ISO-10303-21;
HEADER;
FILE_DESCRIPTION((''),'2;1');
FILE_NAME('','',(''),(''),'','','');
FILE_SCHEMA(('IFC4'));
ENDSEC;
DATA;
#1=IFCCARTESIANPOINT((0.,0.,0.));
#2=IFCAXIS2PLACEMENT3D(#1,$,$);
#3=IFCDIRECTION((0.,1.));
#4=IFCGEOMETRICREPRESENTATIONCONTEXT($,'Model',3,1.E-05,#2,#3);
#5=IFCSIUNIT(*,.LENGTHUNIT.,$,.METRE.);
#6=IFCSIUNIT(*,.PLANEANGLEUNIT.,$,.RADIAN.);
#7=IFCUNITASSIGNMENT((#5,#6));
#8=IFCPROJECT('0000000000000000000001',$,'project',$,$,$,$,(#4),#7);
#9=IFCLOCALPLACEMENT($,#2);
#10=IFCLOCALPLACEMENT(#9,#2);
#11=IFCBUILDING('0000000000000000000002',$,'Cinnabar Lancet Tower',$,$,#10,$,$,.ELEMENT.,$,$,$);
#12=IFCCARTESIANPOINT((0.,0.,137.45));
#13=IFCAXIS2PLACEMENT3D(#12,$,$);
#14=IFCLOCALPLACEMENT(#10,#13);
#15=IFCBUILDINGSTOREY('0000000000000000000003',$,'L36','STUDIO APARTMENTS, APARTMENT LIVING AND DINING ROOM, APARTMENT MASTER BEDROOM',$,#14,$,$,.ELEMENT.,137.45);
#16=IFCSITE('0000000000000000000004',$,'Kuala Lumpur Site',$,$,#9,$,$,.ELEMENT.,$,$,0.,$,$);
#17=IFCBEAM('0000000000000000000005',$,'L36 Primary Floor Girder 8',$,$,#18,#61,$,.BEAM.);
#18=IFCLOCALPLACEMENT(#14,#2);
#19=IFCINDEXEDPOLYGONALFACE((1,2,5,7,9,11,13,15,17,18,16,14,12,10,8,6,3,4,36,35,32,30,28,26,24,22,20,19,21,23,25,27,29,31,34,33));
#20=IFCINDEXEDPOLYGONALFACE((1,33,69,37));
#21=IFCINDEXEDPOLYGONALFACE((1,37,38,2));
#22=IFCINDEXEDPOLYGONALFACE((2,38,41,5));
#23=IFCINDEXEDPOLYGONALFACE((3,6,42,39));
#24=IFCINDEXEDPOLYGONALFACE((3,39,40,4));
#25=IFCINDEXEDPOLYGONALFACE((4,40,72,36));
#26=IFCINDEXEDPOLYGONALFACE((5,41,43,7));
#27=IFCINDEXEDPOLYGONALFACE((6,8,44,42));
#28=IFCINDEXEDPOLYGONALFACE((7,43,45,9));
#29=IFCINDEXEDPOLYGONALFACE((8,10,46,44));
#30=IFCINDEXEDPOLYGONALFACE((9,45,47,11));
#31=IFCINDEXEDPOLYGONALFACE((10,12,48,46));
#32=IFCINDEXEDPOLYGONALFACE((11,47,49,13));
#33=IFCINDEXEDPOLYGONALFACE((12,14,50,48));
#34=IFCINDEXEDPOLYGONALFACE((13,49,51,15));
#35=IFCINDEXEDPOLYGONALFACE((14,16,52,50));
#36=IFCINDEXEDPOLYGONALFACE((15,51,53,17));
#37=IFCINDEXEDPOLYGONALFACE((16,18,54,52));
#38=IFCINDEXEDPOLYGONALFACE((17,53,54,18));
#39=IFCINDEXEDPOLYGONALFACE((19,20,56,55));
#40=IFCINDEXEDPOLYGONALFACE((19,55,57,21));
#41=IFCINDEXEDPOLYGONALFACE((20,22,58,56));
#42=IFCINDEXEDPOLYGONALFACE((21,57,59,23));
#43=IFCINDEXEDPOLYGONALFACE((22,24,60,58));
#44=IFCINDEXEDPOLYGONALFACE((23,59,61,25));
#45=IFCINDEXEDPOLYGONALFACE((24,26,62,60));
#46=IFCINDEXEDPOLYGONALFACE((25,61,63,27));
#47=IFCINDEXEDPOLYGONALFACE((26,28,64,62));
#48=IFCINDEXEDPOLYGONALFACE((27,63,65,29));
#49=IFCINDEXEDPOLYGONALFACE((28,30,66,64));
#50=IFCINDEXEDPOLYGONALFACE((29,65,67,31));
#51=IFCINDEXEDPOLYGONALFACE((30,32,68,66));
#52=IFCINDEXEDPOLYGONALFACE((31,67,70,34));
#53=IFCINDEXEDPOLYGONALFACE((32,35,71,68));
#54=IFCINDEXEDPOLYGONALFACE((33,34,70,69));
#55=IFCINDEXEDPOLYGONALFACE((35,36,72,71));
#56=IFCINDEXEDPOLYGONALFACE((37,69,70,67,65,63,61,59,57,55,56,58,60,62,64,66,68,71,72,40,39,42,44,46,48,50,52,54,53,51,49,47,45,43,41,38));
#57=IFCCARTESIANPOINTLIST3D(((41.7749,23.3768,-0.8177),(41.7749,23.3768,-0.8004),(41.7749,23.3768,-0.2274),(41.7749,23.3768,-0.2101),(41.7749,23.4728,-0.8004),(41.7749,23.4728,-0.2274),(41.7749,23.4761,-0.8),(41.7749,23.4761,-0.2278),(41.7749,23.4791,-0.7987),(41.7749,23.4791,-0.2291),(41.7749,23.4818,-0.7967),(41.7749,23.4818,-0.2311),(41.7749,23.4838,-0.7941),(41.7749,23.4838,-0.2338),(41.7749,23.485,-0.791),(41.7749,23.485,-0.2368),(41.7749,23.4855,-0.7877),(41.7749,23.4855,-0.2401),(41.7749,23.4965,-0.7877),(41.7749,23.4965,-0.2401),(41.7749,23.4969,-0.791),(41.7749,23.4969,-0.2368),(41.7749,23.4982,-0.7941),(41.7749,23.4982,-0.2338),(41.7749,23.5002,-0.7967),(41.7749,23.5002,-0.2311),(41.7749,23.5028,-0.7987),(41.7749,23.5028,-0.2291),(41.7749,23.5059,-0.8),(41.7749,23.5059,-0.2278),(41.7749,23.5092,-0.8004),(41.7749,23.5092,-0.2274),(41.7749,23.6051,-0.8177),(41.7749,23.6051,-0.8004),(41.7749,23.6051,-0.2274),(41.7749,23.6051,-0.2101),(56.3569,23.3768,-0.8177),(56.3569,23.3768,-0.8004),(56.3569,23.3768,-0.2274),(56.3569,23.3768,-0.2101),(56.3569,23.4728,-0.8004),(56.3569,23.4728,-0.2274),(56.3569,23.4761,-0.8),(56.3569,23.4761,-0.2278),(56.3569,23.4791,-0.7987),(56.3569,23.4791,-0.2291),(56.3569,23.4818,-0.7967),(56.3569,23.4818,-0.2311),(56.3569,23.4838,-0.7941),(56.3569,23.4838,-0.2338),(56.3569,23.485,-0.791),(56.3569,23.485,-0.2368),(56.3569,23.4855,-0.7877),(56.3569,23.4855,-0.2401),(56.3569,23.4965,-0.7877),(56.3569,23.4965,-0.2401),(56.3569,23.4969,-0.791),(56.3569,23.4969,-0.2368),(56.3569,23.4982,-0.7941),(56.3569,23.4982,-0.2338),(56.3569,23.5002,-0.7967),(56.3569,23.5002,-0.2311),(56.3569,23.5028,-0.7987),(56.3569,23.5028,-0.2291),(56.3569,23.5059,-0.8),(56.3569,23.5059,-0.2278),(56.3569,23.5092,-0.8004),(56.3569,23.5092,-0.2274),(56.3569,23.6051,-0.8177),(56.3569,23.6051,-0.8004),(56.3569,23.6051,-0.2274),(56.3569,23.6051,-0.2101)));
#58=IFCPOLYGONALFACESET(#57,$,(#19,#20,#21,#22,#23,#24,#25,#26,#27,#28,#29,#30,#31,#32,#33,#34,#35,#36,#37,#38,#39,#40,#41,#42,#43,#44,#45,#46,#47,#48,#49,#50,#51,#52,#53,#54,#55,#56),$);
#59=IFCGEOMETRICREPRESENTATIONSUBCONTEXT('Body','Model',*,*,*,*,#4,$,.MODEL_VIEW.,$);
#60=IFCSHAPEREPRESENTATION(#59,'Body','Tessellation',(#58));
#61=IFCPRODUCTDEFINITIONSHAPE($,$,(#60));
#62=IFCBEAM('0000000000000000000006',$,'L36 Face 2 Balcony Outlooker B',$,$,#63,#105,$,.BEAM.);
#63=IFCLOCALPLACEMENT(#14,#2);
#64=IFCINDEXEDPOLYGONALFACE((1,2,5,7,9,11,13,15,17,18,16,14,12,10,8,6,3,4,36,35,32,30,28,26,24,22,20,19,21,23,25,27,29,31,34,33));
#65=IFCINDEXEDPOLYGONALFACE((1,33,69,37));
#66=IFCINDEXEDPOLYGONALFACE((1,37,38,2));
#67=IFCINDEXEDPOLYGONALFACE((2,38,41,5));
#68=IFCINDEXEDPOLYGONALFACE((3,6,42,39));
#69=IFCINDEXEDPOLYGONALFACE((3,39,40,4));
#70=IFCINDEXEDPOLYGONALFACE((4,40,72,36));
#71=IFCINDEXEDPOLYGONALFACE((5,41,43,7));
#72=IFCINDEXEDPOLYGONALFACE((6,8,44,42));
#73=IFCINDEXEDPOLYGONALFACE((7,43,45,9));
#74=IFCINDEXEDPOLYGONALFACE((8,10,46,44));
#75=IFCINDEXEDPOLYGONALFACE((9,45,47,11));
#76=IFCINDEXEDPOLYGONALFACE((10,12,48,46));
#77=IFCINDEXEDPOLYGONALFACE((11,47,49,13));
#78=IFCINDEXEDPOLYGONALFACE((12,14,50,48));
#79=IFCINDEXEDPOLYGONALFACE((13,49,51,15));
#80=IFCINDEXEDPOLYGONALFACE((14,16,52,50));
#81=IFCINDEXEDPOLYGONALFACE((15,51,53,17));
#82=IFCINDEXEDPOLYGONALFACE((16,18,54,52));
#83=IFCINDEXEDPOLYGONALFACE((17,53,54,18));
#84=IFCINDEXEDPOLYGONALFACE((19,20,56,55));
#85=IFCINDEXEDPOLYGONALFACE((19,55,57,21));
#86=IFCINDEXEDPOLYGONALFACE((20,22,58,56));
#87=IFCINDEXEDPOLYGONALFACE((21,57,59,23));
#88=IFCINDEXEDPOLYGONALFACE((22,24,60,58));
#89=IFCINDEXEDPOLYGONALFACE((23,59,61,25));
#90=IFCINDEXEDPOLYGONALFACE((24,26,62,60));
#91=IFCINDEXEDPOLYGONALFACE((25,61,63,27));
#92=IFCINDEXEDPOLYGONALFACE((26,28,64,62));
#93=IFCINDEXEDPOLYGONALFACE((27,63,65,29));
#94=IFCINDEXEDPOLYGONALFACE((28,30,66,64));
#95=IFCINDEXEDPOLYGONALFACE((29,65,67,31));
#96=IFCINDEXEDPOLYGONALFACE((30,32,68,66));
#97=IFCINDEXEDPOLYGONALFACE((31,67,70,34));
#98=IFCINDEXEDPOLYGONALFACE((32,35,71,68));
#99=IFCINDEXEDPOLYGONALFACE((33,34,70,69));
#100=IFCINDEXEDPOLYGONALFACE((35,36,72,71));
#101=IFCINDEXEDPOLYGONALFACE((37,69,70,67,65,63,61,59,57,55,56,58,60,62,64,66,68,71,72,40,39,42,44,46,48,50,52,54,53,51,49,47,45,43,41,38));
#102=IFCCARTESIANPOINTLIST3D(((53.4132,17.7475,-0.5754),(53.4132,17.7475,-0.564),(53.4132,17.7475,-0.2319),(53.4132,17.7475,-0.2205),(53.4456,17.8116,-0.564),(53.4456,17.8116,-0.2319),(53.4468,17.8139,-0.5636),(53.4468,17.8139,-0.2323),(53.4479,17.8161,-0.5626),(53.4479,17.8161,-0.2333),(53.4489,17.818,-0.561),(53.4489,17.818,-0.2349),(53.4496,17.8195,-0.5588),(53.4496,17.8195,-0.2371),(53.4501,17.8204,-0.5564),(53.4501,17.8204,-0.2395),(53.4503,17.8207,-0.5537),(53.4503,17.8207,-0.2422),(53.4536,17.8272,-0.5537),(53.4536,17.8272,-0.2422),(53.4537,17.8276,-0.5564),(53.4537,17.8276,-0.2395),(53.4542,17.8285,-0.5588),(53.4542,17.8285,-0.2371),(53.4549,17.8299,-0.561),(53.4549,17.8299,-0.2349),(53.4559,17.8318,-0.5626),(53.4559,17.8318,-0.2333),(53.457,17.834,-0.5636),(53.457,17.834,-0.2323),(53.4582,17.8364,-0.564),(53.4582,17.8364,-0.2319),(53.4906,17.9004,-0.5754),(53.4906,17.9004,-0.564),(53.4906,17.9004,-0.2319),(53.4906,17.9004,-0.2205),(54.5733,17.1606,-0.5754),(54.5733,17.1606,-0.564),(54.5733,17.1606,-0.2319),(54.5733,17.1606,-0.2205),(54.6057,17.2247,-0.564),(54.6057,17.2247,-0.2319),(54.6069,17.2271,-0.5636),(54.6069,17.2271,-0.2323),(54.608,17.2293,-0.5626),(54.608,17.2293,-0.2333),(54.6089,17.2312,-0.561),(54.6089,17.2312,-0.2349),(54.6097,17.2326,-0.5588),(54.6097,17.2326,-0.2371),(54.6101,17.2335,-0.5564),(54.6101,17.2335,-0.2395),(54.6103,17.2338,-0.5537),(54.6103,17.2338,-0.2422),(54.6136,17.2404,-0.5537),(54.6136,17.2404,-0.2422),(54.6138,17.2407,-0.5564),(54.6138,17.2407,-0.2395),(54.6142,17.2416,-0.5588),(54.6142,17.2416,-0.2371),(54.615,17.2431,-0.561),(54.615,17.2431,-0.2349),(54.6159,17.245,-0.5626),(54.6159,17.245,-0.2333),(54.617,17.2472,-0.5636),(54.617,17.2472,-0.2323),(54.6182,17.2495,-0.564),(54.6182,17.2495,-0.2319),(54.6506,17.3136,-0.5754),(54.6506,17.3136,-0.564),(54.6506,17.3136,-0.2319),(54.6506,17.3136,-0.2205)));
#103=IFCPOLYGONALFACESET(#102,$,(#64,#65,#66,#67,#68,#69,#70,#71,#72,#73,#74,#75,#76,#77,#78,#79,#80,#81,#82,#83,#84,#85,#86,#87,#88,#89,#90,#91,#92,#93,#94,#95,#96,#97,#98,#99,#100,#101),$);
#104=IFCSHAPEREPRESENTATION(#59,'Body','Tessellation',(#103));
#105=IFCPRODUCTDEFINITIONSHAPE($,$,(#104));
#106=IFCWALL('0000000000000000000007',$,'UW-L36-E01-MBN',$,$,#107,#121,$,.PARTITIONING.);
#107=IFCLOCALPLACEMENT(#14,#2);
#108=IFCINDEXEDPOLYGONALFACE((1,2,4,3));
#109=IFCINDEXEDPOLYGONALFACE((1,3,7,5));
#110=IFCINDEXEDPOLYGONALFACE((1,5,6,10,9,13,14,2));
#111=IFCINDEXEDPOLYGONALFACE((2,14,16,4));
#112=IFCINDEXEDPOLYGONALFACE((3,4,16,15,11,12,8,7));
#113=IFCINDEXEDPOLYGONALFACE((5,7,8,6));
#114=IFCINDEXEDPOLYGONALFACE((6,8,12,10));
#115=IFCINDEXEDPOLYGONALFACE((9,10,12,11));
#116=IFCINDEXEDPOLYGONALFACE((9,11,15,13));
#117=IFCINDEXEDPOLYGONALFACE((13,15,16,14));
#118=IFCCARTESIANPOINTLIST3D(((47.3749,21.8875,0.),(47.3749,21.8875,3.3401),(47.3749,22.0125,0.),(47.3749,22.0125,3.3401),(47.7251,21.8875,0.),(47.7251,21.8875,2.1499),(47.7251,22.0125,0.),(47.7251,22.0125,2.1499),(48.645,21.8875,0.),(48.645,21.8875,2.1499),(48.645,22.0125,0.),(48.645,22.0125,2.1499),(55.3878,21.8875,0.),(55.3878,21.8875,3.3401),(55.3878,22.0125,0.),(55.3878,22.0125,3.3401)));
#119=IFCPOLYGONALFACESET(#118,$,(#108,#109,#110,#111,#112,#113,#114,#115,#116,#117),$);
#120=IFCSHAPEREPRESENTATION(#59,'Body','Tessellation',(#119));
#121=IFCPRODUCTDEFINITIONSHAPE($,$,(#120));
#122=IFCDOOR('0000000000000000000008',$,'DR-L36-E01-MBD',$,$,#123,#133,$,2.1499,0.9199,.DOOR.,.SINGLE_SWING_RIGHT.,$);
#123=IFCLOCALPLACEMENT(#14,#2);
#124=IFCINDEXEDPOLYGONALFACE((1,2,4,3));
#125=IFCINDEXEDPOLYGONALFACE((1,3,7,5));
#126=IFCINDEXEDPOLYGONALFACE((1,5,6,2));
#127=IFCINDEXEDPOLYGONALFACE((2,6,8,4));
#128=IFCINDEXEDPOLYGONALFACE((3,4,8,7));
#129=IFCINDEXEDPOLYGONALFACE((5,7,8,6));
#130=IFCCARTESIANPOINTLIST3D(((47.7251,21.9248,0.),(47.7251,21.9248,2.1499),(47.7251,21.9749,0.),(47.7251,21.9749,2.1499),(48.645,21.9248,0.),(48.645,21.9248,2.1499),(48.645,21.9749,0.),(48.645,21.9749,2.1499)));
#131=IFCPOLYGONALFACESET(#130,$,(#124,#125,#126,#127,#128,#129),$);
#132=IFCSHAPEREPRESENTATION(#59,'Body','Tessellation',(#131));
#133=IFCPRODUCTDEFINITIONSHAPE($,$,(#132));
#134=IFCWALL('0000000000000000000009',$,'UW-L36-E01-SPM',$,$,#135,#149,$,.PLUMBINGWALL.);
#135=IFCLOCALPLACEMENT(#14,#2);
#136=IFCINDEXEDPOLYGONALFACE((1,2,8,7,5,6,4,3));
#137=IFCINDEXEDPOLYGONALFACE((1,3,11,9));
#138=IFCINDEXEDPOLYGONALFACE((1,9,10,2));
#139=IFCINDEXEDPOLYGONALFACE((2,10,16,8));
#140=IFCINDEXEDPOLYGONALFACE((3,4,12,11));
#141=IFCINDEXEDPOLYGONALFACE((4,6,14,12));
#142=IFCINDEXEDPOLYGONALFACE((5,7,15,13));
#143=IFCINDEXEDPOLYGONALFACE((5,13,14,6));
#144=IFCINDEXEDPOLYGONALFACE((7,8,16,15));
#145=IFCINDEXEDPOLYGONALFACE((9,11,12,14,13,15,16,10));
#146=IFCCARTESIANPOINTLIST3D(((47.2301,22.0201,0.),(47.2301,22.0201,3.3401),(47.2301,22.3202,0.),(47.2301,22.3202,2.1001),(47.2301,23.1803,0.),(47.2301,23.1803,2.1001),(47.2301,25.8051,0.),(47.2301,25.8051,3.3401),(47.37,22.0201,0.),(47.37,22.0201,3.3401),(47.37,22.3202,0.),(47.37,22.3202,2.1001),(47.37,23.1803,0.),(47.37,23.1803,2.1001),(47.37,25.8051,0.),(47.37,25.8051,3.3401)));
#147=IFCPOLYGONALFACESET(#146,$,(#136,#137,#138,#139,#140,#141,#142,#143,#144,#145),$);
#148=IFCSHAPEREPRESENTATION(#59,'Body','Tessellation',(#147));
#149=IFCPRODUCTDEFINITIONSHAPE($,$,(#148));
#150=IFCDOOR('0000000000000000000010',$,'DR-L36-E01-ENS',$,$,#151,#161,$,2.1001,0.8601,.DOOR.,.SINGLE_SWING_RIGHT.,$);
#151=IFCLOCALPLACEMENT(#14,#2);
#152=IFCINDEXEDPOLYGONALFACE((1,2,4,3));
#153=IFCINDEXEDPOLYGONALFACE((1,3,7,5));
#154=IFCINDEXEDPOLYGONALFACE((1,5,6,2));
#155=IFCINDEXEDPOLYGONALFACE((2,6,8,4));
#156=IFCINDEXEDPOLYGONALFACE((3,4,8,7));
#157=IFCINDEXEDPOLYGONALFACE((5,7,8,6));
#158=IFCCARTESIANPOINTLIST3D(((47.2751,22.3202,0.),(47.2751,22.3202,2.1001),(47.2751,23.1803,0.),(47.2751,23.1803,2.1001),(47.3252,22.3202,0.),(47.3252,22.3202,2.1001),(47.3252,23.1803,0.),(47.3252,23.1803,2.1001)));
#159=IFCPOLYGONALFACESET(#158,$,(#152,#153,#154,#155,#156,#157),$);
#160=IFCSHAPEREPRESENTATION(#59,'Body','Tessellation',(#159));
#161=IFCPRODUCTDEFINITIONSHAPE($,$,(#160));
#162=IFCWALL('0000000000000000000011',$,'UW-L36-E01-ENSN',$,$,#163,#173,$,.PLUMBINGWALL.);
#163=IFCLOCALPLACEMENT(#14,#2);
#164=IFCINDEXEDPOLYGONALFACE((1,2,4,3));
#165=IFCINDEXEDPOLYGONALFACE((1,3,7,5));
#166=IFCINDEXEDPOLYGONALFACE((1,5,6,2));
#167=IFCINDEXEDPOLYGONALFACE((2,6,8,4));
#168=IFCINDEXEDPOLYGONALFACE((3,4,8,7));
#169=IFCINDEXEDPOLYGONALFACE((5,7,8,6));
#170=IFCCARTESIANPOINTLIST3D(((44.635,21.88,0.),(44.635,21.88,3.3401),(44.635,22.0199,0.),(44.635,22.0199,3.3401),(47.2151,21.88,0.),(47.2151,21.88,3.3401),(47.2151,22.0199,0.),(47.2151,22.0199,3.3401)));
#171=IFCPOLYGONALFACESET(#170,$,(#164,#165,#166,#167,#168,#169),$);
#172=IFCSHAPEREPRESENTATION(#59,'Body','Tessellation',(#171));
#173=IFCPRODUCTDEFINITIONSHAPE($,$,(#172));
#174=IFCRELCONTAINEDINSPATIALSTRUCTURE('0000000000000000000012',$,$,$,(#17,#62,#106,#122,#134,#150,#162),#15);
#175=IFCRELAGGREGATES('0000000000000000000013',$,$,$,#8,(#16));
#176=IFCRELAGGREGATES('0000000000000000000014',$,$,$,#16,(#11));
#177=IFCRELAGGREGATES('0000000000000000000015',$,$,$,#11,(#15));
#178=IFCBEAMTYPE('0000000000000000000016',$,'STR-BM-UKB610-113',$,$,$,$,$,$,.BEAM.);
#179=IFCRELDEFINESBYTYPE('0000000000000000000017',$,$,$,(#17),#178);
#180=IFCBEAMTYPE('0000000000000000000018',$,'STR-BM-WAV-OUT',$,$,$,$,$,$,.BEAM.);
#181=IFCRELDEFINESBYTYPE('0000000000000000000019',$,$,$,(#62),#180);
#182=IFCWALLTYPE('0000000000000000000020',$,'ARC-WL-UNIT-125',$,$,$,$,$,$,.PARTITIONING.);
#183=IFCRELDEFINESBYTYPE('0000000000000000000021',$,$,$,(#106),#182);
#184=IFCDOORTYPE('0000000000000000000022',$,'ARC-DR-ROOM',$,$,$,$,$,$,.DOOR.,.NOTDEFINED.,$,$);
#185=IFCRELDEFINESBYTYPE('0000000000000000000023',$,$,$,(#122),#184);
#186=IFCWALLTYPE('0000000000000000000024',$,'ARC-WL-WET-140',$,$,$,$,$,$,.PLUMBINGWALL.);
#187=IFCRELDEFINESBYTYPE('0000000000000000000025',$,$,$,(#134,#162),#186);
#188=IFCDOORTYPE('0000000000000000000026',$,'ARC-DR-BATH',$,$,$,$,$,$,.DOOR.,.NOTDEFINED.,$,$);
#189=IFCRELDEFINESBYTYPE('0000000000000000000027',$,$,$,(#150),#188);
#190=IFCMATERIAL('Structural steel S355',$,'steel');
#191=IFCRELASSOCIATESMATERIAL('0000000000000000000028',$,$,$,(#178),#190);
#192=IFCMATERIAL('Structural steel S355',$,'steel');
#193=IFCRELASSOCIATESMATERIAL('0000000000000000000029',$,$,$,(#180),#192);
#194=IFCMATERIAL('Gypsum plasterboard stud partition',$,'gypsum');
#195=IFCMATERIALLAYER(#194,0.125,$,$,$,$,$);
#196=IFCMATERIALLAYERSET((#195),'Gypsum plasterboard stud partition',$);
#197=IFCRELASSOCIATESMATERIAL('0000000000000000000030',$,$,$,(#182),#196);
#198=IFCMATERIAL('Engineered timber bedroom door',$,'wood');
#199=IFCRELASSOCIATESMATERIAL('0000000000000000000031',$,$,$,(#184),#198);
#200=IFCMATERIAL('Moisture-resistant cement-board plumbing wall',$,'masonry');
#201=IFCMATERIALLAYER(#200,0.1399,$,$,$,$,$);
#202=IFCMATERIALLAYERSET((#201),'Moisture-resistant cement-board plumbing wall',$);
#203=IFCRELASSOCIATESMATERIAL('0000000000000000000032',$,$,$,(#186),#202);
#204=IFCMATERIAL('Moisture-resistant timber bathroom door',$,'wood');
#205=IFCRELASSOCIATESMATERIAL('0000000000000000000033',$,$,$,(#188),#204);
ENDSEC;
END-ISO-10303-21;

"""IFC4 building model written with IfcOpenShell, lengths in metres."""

from ifc_helpers import new_model, si_unit, direction, frame, frame_2d, origin, origin_2d, place, context, subcontext, project, spatial, rectangle, i_section, extrude, material, layer, layer_set, material_profile, profile_set, type_object, element, fill, save


model = new_model("IFC4")

# Units and contexts
model_context = context("Model", 3, precision=1e-05, world=origin(), true_north=direction((0.0, 1.0)))
body_context = subcontext(model_context, "Body", "Model", "MODEL_VIEW")
ifc_project = project(units=[si_unit("LENGTHUNIT", "METRE"), si_unit("PLANEANGLEUNIT", "RADIAN")], contexts=[model_context])

# Site, building, storey
site_placement = place(None, origin())
site = spatial("IfcSite", under=ifc_project, at=site_placement, Name="Kuala Lumpur Site", CompositionType="ELEMENT", RefElevation=0.0)
building_placement = place(site_placement, origin())
building = spatial("IfcBuilding", under=site, at=building_placement, Name="Cinnabar Lancet Tower", CompositionType="ELEMENT")
storey_placement = place(building_placement, frame((0.0, 0.0, 137.45)))
storey = spatial("IfcBuildingStorey", under=building, at=storey_placement, Name="L36", Description="STUDIO APARTMENTS, APARTMENT LIVING AND DINING ROOM, APARTMENT MASTER BEDROOM", CompositionType="ELEMENT", Elevation=137.45)

# Beams
ifc_material_1 = material(Name="Structural steel S355", Category="steel")
ifc_material_profile_1 = material_profile(ifc_material_1, i_section(OverallWidth=0.2283, OverallDepth=0.6077, WebThickness=0.011, FlangeThickness=0.0173, FilletRadius=0.0127, at=origin_2d()), Name="UKB 610x229x113")
ifc_profile_set_1 = profile_set([ifc_material_profile_1], Name="Structural steel S355")
beam_type_1 = type_object("IfcBeamType", Name="STR-BM-UKB610-113", PredefinedType="BEAM", material=ifc_profile_set_1)
beam_1_placement = place(storey_placement, frame((56.3569, 23.491, -0.5139), z_axis=(-1.0, 0.0, 0.0), x_axis=(0.0, -1.0, 0.0)))
element("IfcBeam", 1, at=beam_1_placement, inside=storey, type_object=beam_type_1, Name="L36 Primary Floor Girder 8", PredefinedType="BEAM", context=body_context, shape_type="SweptSolid", body=[
    extrude(i_section(OverallWidth=0.2283, OverallDepth=0.6077, WebThickness=0.011, FlangeThickness=0.0173, FilletRadius=0.0127, at=origin_2d()), origin(), (0.0, 0.0, 1.0), 14.582),
])
ifc_material_2 = material(Name="Structural steel S355", Category="steel")
ifc_material_profile_2 = material_profile(ifc_material_2, i_section(OverallWidth=0.1714, OverallDepth=0.355, WebThickness=0.0073, FlangeThickness=0.0115, FilletRadius=0.0103, at=origin_2d()), Name="UKB 356x171x51")
ifc_profile_set_2 = profile_set([ifc_material_profile_2], Name="Structural steel S355")
beam_type_2 = type_object("IfcBeamType", Name="STR-BM-WAV-OUT", PredefinedType="BEAM", material=ifc_profile_set_2)
beam_2_placement = place(storey_placement, frame((53.4519, 17.824, -0.3979), z_axis=(0.892314, -0.451415, 0.0), x_axis=(0.451415, 0.892314, 0.0)))
element("IfcBeam", 2, at=beam_2_placement, inside=storey, type_object=beam_type_2, Name="L36 Face 2 Balcony Outlooker B", PredefinedType="BEAM", context=body_context, shape_type="SweptSolid", body=[
    extrude(i_section(OverallWidth=0.1714, OverallDepth=0.355, WebThickness=0.0073, FlangeThickness=0.0115, FilletRadius=0.0103, at=origin_2d()), origin(), (0.0, 0.0, 1.0), 1.3),
])

# Wall, opening, door
ifc_material_3 = material(Name="Gypsum plasterboard stud partition", Category="gypsum")
ifc_layer_1 = layer(ifc_material_3, 0.125)
ifc_layer_set_1 = layer_set([ifc_layer_1], Name="Gypsum plasterboard stud partition")
wall_type_1 = type_object("IfcWallType", Name="ARC-WL-UNIT-125", PredefinedType="PARTITIONING", material=ifc_layer_set_1)
wall_1_placement = place(storey_placement, frame((47.375, 21.95, 0.0), z_axis=(0.0, 0.0, 1.0), x_axis=(1.0, 0.0, 0.0)))
wall_1 = element("IfcWall", 3, at=wall_1_placement, inside=storey, type_object=wall_type_1, Name="UW-L36-E01-MBN", PredefinedType="PARTITIONING", context=body_context, shape_type="SweptSolid", body=[
    extrude(rectangle(XDim=8.0129, YDim=0.125, at=frame_2d((4.0063, 0.0))), origin(), (0.0, 0.0, 1.0), 3.3401),
])
opening_1_placement = place(wall_1_placement, frame((0.3501, 0.0, 0.0)))
opening_1 = element("IfcOpeningElement", 4, at=opening_1_placement, cuts=wall_1, PredefinedType="OPENING", context=body_context, shape_type="SweptSolid", body=[
    extrude(rectangle(XDim=0.9199, YDim=2.1499, at=frame_2d((0.46, 1.075))), frame((0.0, 0.0725, 0.0), z_axis=(0.0, -1.0, 0.0), x_axis=(1.0, 0.0, 0.0)), (0.0, 0.0, 1.0), 0.145),
])
ifc_material_4 = material(Name="Engineered timber bedroom door", Category="wood")
door_type_1 = type_object("IfcDoorType", Name="ARC-DR-ROOM", OperationType="NOTDEFINED", PredefinedType="DOOR", material=ifc_material_4)
door_1_placement = place(opening_1_placement, origin())
door_1 = element("IfcDoor", 5, at=door_1_placement, inside=storey, type_object=door_type_1, Name="DR-L36-E01-MBD", OperationType="SINGLE_SWING_RIGHT", OverallHeight=2.1499, OverallWidth=0.9199, PredefinedType="DOOR", context=body_context, shape_type="SweptSolid", body=[
    extrude(rectangle(XDim=0.9199, YDim=2.1499, at=frame_2d((0.46, 1.075))), frame((0.0, 0.0249, 0.0), z_axis=(0.0, -1.0, 0.0), x_axis=(1.0, 0.0, 0.0)), (0.0, 0.0, 1.0), 0.05),
])
fill(opening_1, door_1)

# Shared definitions
ifc_material_5 = material(Name="Moisture-resistant cement-board plumbing wall", Category="masonry")
ifc_layer_2 = layer(ifc_material_5, 0.1399)
ifc_layer_set_2 = layer_set([ifc_layer_2], Name="Moisture-resistant cement-board plumbing wall")
wall_type_2 = type_object("IfcWallType", Name="ARC-WL-WET-140", PredefinedType="PLUMBINGWALL", material=ifc_layer_set_2)
ifc_material_6 = material(Name="Moisture-resistant timber bathroom door", Category="wood")
door_type_2 = type_object("IfcDoorType", Name="ARC-DR-BATH", OperationType="NOTDEFINED", PredefinedType="DOOR", material=ifc_material_6)

# Wall, opening, door
wall_2_placement = place(storey_placement, frame((47.3, 22.02, 0.0), z_axis=(0.0, 0.0, 1.0), x_axis=(0.0, 1.0, 0.0)))
wall_2 = element("IfcWall", 6, at=wall_2_placement, inside=storey, type_object=wall_type_2, Name="UW-L36-E01-SPM", PredefinedType="PLUMBINGWALL", context=body_context, shape_type="SweptSolid", body=[
    extrude(rectangle(XDim=3.7849, YDim=0.1399, at=frame_2d((1.8926, 0.0))), origin(), (0.0, 0.0, 1.0), 3.3401),
])
opening_2_placement = place(wall_2_placement, frame((0.3, 0.0, 0.0)))
opening_2 = element("IfcOpeningElement", 7, at=opening_2_placement, cuts=wall_2, PredefinedType="OPENING", context=body_context, shape_type="SweptSolid", body=[
    extrude(rectangle(XDim=0.8601, YDim=2.1001, at=frame_2d((0.4302, 1.05))), frame((0.0, 0.0798, 0.0), z_axis=(0.0, -1.0, 0.0), x_axis=(1.0, 0.0, 0.0)), (0.0, 0.0, 1.0), 0.1599),
])
door_2_placement = place(opening_2_placement, origin())
door_2 = element("IfcDoor", 8, at=door_2_placement, inside=storey, type_object=door_type_2, Name="DR-L36-E01-ENS", OperationType="SINGLE_SWING_RIGHT", OverallHeight=2.1001, OverallWidth=0.8601, PredefinedType="DOOR", context=body_context, shape_type="SweptSolid", body=[
    extrude(rectangle(XDim=0.8601, YDim=2.1001, at=frame_2d((0.4302, 1.05))), frame((0.0, 0.0249, 0.0), z_axis=(0.0, -1.0, 0.0), x_axis=(1.0, 0.0, 0.0)), (0.0, 0.0, 1.0), 0.05),
])
fill(opening_2, door_2)

# Wall
for number, where, z_axis, x_axis, name in (
    (9, (44.635, 21.95, 0.0), (0.0, 0.0, 1.0), (1.0, 0.0, 0.0), "UW-L36-E01-ENSN"),
):
    element("IfcWall", number, at=place(storey_placement, frame(where, z_axis=z_axis, x_axis=x_axis)), inside=storey, type_object=wall_type_2, Name=name, PredefinedType="PLUMBINGWALL", context=body_context, shape_type="SweptSolid", body=[
        extrude(rectangle(XDim=2.5801, YDim=0.1399, at=frame_2d((1.29, 0.0))), origin(), (0.0, 0.0, 1.0), 3.3401),
    ])

save(model, "model.ifc")
